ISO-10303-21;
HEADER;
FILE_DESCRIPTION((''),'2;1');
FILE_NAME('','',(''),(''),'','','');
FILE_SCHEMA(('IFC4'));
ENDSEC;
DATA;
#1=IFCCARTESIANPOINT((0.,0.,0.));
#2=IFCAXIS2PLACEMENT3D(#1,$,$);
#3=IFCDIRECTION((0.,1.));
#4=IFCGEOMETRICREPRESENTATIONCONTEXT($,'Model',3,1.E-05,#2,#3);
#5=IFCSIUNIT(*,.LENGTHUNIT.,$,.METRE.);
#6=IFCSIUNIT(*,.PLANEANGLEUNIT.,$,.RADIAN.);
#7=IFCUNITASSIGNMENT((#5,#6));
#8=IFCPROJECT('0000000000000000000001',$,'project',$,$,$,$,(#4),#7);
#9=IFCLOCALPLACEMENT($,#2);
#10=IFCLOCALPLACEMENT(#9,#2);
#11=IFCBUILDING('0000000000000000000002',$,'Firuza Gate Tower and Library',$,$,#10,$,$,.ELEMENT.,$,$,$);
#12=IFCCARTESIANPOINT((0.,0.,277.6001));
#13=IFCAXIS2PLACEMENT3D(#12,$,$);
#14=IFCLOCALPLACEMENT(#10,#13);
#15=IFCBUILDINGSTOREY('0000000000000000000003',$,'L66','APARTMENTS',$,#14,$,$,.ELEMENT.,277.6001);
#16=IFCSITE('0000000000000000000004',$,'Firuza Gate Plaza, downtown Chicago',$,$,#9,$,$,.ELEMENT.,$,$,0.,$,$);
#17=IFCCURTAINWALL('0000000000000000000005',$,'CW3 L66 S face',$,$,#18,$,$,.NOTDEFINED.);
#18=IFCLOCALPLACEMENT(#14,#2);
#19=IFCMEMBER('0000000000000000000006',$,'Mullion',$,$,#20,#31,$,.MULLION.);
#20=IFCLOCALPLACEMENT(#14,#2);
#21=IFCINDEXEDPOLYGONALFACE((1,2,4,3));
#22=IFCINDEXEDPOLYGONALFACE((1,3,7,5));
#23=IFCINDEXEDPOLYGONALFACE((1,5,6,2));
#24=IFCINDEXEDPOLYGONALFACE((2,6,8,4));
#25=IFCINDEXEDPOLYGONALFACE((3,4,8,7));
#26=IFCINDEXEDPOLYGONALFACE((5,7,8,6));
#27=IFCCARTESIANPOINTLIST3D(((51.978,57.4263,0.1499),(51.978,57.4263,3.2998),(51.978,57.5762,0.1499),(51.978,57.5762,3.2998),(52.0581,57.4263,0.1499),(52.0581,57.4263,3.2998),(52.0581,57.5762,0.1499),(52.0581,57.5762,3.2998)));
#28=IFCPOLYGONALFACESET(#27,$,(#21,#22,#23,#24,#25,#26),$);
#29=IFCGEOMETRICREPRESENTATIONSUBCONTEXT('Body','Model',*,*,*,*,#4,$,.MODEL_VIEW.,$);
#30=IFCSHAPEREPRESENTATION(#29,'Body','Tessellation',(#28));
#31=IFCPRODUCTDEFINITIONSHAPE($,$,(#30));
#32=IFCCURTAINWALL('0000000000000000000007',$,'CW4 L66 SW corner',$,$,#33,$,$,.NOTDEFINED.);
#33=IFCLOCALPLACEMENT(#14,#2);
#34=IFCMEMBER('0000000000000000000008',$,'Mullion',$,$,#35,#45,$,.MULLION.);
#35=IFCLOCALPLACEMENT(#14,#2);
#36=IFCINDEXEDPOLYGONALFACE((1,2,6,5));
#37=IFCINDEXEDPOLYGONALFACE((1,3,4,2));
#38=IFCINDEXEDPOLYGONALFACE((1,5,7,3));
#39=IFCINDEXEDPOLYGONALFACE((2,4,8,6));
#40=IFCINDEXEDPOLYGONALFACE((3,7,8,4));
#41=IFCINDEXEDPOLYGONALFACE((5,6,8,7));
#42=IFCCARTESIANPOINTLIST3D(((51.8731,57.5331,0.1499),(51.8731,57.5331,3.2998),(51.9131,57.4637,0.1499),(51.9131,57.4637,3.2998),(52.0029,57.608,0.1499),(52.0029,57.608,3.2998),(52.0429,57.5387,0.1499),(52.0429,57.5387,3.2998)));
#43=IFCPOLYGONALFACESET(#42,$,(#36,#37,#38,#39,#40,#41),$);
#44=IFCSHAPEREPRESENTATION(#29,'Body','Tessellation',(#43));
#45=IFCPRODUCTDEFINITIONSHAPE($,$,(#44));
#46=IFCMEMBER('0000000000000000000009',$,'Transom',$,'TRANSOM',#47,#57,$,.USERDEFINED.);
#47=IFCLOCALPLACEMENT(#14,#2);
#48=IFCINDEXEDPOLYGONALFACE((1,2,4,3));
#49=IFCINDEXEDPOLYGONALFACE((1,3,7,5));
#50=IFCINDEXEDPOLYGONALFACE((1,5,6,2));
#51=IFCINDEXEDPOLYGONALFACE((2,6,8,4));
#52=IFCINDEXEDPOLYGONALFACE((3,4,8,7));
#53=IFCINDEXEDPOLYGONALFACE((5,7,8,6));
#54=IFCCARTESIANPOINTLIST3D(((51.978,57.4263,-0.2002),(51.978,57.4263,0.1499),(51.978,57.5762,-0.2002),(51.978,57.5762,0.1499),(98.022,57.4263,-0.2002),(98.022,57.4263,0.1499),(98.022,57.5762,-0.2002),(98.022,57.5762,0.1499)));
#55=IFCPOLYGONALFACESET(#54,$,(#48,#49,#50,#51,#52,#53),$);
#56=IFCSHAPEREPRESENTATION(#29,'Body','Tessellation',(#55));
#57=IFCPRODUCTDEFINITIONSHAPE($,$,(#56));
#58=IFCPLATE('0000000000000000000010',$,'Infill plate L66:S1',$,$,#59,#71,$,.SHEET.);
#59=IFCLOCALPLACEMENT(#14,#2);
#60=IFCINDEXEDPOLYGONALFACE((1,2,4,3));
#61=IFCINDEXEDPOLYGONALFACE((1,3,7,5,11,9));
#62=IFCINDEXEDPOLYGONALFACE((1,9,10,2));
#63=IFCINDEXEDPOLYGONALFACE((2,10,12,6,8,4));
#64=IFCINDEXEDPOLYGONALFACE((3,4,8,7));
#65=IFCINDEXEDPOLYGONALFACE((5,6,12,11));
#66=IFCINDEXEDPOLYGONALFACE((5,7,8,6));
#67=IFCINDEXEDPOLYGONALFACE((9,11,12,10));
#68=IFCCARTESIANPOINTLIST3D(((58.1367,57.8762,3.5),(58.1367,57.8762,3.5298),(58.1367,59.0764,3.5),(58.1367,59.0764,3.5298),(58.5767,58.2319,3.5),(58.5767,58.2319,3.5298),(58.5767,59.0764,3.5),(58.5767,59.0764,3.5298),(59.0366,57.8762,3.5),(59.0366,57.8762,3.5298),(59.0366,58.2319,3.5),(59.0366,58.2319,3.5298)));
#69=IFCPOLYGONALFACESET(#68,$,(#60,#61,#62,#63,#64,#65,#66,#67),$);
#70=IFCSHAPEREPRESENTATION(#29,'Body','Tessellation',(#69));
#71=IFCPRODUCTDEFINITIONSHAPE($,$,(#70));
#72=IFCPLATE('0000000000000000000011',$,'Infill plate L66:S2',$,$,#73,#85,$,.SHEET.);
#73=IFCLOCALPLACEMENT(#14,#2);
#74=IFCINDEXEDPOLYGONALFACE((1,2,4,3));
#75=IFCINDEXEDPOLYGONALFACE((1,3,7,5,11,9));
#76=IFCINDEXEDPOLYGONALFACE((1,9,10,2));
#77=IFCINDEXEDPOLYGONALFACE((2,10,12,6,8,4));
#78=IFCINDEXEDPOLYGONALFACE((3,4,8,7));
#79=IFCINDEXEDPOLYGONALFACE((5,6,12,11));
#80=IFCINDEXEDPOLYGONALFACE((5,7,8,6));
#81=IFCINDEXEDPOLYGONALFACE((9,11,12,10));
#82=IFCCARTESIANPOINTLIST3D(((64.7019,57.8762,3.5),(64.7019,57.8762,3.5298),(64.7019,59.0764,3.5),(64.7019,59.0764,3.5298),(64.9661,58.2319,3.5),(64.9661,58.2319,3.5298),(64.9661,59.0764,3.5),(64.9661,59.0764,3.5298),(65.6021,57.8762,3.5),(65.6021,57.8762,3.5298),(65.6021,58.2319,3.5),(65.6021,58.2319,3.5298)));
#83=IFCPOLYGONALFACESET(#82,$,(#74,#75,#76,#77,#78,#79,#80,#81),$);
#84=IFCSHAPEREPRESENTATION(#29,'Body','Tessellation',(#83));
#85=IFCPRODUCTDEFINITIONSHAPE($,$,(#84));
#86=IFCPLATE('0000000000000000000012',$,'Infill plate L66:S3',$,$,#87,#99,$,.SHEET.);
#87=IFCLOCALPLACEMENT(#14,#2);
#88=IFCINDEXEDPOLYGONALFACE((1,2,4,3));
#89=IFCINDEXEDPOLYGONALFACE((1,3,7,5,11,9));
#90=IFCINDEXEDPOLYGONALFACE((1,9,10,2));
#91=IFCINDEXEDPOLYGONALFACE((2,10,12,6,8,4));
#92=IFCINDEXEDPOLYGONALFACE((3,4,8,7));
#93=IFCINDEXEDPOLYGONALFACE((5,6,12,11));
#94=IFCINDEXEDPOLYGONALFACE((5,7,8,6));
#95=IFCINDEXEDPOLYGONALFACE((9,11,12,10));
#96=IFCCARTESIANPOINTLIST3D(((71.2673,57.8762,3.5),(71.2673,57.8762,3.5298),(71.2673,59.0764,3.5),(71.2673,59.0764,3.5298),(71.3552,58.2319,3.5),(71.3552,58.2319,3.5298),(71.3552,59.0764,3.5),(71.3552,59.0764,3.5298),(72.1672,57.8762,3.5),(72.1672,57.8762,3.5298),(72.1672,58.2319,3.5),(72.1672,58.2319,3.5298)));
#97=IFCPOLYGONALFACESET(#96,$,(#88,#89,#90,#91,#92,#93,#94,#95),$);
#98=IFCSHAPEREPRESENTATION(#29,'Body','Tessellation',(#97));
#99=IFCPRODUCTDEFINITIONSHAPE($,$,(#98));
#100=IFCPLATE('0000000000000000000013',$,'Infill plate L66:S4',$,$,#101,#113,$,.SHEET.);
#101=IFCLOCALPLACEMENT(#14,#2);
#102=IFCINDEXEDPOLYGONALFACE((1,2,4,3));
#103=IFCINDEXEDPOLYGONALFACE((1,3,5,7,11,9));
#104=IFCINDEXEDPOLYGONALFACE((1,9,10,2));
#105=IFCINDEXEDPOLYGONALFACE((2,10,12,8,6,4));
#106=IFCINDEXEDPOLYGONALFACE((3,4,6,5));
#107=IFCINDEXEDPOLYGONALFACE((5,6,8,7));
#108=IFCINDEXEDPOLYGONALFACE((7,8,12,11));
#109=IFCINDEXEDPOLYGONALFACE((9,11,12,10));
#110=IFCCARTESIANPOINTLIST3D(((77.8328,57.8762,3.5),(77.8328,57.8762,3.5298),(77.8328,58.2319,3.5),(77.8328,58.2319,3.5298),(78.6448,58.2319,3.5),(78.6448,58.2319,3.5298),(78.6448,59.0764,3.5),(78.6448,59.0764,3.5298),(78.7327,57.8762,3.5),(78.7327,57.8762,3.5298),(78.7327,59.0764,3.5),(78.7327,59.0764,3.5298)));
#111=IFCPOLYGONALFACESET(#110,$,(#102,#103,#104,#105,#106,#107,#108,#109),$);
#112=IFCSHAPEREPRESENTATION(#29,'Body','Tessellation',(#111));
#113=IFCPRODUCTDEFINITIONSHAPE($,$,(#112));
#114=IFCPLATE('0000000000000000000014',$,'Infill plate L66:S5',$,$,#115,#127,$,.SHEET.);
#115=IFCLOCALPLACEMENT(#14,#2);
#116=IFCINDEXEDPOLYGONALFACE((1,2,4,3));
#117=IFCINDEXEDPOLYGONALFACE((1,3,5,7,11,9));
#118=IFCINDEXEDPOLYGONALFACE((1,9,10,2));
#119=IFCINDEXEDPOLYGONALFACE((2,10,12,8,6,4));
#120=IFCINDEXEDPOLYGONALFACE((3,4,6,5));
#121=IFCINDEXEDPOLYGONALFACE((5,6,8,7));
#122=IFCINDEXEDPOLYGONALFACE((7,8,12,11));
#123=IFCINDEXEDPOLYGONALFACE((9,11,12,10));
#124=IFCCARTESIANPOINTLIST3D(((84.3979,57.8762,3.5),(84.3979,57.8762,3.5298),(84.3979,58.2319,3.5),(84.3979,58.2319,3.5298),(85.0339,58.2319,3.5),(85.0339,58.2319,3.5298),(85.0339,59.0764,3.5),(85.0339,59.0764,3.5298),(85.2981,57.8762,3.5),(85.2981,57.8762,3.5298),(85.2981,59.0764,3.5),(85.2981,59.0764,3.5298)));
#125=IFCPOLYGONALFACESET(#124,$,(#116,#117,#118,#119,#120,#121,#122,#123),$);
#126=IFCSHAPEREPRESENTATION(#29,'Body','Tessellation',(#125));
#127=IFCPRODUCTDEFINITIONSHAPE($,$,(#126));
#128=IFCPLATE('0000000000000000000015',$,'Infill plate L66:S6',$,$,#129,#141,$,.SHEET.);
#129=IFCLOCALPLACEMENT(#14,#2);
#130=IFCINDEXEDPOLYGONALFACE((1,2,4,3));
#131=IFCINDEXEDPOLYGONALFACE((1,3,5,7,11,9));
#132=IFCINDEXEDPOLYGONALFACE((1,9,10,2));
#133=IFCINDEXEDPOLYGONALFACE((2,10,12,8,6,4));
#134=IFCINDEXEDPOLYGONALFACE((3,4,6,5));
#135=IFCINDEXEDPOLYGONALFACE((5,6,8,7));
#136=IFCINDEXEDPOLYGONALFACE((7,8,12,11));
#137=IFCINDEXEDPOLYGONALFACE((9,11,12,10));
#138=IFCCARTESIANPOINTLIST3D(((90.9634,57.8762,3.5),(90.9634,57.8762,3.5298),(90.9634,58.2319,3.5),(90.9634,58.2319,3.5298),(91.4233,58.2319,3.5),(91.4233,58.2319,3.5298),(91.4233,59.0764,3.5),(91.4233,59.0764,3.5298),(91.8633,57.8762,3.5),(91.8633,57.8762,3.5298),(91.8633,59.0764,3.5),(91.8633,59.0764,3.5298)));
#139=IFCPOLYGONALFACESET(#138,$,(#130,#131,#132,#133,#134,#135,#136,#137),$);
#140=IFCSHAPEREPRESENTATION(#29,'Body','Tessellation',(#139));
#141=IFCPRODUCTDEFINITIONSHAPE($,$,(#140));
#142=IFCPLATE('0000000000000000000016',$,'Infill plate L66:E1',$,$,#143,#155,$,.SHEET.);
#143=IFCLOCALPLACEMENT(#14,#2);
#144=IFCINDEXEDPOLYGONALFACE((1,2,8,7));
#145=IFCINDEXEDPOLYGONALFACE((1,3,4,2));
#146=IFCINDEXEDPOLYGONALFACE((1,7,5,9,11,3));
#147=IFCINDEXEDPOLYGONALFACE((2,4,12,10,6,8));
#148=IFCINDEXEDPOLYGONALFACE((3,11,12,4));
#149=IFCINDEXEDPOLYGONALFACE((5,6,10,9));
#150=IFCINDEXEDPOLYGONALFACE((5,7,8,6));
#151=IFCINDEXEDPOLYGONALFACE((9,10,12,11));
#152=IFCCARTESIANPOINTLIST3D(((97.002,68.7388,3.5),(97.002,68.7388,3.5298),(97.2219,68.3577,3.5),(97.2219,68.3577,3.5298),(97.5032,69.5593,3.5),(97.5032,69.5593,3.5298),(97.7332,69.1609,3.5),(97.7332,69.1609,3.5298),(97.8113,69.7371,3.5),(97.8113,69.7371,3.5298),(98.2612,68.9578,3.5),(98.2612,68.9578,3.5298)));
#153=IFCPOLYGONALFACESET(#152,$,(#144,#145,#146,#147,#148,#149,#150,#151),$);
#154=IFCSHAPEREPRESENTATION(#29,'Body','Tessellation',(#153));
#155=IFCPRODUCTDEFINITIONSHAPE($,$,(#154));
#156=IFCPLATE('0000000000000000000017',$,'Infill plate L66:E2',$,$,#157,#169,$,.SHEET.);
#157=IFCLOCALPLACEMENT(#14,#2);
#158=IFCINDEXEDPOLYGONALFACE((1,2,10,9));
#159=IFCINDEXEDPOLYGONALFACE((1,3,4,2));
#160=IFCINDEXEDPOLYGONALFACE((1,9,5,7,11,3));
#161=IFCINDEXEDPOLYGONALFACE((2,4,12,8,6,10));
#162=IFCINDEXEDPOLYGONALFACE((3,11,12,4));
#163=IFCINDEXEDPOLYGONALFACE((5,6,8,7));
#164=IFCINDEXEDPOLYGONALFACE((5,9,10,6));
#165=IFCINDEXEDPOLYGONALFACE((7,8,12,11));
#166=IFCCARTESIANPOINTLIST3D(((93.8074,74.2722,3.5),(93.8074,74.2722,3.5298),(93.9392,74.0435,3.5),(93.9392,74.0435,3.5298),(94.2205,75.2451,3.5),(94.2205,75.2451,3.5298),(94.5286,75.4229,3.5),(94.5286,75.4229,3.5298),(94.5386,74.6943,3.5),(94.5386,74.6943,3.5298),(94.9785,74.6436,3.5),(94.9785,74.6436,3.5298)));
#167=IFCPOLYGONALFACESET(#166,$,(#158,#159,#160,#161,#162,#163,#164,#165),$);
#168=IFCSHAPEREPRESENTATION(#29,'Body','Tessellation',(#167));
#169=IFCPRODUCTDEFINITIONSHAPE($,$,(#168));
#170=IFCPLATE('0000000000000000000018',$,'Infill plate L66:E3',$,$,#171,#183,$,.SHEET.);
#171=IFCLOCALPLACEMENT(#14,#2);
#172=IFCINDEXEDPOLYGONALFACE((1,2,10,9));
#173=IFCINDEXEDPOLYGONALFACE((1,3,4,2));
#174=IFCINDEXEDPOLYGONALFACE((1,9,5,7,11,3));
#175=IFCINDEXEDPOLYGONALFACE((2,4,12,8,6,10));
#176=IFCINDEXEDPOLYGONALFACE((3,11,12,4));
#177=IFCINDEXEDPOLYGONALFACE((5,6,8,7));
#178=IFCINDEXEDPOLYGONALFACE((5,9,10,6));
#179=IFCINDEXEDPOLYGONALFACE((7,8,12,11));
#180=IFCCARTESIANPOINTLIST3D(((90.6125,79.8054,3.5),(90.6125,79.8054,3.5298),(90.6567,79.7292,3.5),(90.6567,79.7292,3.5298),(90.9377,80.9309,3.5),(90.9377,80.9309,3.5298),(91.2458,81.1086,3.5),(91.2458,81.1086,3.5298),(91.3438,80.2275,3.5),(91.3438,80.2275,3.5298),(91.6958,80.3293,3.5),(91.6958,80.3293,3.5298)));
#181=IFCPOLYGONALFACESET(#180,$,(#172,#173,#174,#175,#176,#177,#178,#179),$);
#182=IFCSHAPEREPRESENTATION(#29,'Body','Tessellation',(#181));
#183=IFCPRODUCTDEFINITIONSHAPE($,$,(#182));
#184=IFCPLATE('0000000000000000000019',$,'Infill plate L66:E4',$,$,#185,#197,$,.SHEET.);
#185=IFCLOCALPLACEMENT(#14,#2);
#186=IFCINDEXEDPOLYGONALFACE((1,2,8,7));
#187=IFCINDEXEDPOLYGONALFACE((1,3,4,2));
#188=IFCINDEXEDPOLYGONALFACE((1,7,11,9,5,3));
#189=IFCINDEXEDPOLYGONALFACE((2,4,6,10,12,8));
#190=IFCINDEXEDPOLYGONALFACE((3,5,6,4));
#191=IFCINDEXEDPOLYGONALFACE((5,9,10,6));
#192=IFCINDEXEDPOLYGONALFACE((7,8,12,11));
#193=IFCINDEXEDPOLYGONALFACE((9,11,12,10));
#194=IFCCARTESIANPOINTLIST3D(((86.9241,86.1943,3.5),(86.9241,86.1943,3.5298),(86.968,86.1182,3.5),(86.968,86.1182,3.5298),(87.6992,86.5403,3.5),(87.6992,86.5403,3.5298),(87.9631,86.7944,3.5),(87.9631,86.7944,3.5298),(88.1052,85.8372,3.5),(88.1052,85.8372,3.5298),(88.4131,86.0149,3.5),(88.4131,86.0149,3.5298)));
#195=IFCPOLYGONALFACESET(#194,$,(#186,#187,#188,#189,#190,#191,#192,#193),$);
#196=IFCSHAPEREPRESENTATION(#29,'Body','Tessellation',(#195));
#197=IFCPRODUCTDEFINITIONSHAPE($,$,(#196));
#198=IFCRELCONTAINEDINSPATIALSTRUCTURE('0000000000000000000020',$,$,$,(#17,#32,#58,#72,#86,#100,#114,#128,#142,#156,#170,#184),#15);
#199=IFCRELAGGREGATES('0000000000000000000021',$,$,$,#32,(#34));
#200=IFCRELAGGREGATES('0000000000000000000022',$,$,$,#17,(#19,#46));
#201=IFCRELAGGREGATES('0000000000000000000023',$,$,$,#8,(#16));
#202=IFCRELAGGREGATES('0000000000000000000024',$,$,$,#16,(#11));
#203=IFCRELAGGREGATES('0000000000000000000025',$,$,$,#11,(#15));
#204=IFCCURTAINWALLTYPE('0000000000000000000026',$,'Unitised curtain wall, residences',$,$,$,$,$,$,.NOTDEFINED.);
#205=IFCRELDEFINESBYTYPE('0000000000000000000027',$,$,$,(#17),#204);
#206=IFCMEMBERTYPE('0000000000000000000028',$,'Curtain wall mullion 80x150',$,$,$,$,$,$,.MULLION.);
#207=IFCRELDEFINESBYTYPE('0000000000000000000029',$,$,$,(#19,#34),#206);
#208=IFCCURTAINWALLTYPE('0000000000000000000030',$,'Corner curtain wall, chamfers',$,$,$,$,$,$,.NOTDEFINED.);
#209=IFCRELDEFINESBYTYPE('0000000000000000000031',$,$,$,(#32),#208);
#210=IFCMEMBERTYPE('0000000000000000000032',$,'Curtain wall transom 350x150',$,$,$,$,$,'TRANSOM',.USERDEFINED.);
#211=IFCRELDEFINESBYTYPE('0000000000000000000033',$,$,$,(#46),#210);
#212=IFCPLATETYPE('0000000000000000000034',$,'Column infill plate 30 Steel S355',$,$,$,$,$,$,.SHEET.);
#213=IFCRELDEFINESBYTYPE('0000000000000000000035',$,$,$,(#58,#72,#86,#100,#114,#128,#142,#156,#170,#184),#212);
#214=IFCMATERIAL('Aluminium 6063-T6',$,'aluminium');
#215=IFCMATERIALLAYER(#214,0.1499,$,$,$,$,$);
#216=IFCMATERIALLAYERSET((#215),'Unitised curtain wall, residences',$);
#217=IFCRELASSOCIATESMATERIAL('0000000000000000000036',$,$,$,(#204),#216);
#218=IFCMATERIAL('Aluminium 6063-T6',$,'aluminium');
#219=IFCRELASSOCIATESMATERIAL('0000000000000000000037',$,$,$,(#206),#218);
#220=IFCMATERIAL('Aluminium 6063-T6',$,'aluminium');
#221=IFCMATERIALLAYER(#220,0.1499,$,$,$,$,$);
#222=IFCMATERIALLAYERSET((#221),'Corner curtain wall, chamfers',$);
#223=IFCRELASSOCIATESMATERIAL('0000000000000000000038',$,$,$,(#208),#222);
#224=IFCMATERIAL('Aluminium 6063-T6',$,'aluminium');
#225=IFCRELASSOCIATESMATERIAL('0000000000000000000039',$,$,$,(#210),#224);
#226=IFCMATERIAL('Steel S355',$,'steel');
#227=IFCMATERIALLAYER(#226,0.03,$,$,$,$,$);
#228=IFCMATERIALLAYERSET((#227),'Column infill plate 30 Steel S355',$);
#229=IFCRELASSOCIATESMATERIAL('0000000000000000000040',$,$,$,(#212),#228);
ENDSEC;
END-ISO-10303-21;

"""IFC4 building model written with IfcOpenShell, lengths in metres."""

from ifc_helpers import new_model, si_unit, direction, frame, origin, origin_2d, place, context, subcontext, project, spatial, polyline, rectangle, outline, extrude, material, layer, layer_set, material_profile, profile_set, type_object, element, aggregate, save


model = new_model("IFC4")

# Units and contexts
model_context = context("Model", 3, precision=1e-05, world=origin(), true_north=direction((0.0, 1.0)))
body_context = subcontext(model_context, "Body", "Model", "MODEL_VIEW")
ifc_project = project(units=[si_unit("LENGTHUNIT", "METRE"), si_unit("PLANEANGLEUNIT", "RADIAN")], contexts=[model_context])

# Site, building, storey
site_placement = place(None, origin())
site = spatial("IfcSite", under=ifc_project, at=site_placement, Name="Firuza Gate Plaza, downtown Chicago", CompositionType="ELEMENT", RefElevation=0.0)
building_placement = place(site_placement, origin())
building = spatial("IfcBuilding", under=site, at=building_placement, Name="Firuza Gate Tower and Library", CompositionType="ELEMENT")
storey_placement = place(building_placement, frame((0.0, 0.0, 277.6001)))
storey = spatial("IfcBuildingStorey", under=building, at=storey_placement, Name="L66", Description="APARTMENTS", CompositionType="ELEMENT", Elevation=277.6001)

# Curtain walls, members
ifc_material_1 = material(Name="Aluminium 6063-T6", Category="aluminium")
ifc_layer_1 = layer(ifc_material_1, 0.1499)
ifc_layer_set_1 = layer_set([ifc_layer_1], Name="Unitised curtain wall, residences")
curtain_wall_type_1 = type_object("IfcCurtainWallType", Name="Unitised curtain wall, residences", PredefinedType="NOTDEFINED", material=ifc_layer_set_1)
placement_1 = place(storey_placement, origin())
curtain_wall_1 = element("IfcCurtainWall", 1, at=placement_1, inside=storey, type_object=curtain_wall_type_1, Name="CW3 L66 S face", PredefinedType="NOTDEFINED")
ifc_material_2 = material(Name="Aluminium 6063-T6", Category="aluminium")
ifc_material_profile_1 = material_profile(ifc_material_2, rectangle(XDim=0.1499, YDim=0.0801, at=origin_2d()))
ifc_profile_set_1 = profile_set([ifc_material_profile_1], Name="Aluminium 6063-T6")
member_type_1 = type_object("IfcMemberType", Name="Curtain wall mullion 80x150", PredefinedType="MULLION", material=ifc_profile_set_1)
member_1_placement = place(storey_placement, frame((52.0181, 57.5012, 0.1499), z_axis=(0.0, 0.0, 1.0), x_axis=(0.0, 1.0, 0.0)))
member_1 = element("IfcMember", 2, at=member_1_placement, type_object=member_type_1, Name="Mullion", PredefinedType="MULLION", context=body_context, shape_type="SweptSolid", body=[
    extrude(rectangle(XDim=0.1499, YDim=0.0801, at=origin_2d()), origin(), (0.0, 0.0, 1.0), 3.1499),
])
ifc_material_3 = material(Name="Aluminium 6063-T6", Category="aluminium")
ifc_layer_2 = layer(ifc_material_3, 0.1499)
ifc_layer_set_2 = layer_set([ifc_layer_2], Name="Corner curtain wall, chamfers")
curtain_wall_type_2 = type_object("IfcCurtainWallType", Name="Corner curtain wall, chamfers", PredefinedType="NOTDEFINED", material=ifc_layer_set_2)
curtain_wall_2 = element("IfcCurtainWall", 3, at=placement_1, inside=storey, type_object=curtain_wall_type_2, Name="CW4 L66 SW corner", PredefinedType="NOTDEFINED")
member_2_placement = place(storey_placement, frame((51.958, 57.5359, 0.1499), z_axis=(0.0, 0.0, 1.0), x_axis=(0.866025, 0.5, 0.0)))
member_2 = element("IfcMember", 4, at=member_2_placement, type_object=member_type_1, Name="Mullion", PredefinedType="MULLION", context=body_context, shape_type="SweptSolid", body=[
    extrude(rectangle(XDim=0.1499, YDim=0.0801, at=origin_2d()), origin(), (0.0, 0.0, 1.0), 3.1499),
])
aggregate(curtain_wall_2, [member_2])

# Member
ifc_material_4 = material(Name="Aluminium 6063-T6", Category="aluminium")
ifc_material_profile_2 = material_profile(ifc_material_4, rectangle(XDim=0.1499, YDim=0.3501, at=origin_2d()))
ifc_profile_set_2 = profile_set([ifc_material_profile_2], Name="Aluminium 6063-T6")
member_type_2 = type_object("IfcMemberType", Name="Curtain wall transom 350x150", ElementType="TRANSOM", PredefinedType="USERDEFINED", material=ifc_profile_set_2)
member_3_placement = place(storey_placement, frame((51.978, 57.5012, -0.0251), z_axis=(1.0, 0.0, 0.0), x_axis=(0.0, 1.0, 0.0)))
member_3 = element("IfcMember", 5, at=member_3_placement, type_object=member_type_2, Name="Transom", ObjectType="TRANSOM", PredefinedType="USERDEFINED", context=body_context, shape_type="SweptSolid", body=[
    extrude(rectangle(XDim=0.1499, YDim=0.3501, at=origin_2d()), origin(), (0.0, 0.0, 1.0), 46.0439),
])

# Plates
ifc_material_5 = material(Name="Steel S355", Category="steel")
ifc_layer_3 = layer(ifc_material_5, 0.03)
ifc_layer_set_3 = layer_set([ifc_layer_3], Name="Column infill plate 30 Steel S355")
plate_type_1 = type_object("IfcPlateType", Name="Column infill plate 30 Steel S355", PredefinedType="SHEET", material=ifc_layer_set_3)
placement_2 = place(storey_placement, frame((0.0, 0.0, 3.5)))
element("IfcPlate", 6, at=placement_2, inside=storey, type_object=plate_type_1, Name="Infill plate L66:S1", PredefinedType="SHEET", context=body_context, shape_type="SweptSolid", body=[
    extrude(outline(polyline([(59.0366, 57.8762), (59.0366, 58.2319), (58.5767, 58.2319), (58.5767, 59.0764), (58.1367, 59.0764), (58.1367, 57.8762), (59.0366, 57.8762)])), origin(), (0.0, 0.0, 1.0), 0.0298),
])
element("IfcPlate", 7, at=placement_2, inside=storey, type_object=plate_type_1, Name="Infill plate L66:S2", PredefinedType="SHEET", context=body_context, shape_type="SweptSolid", body=[
    extrude(outline(polyline([(65.6021, 57.8762), (65.6021, 58.2319), (64.9661, 58.2319), (64.9661, 59.0764), (64.7019, 59.0764), (64.7019, 57.8762), (65.6021, 57.8762)])), origin(), (0.0, 0.0, 1.0), 0.0298),
])
element("IfcPlate", 8, at=placement_2, inside=storey, type_object=plate_type_1, Name="Infill plate L66:S3", PredefinedType="SHEET", context=body_context, shape_type="SweptSolid", body=[
    extrude(outline(polyline([(72.1672, 57.8762), (72.1672, 58.2319), (71.3552, 58.2319), (71.3552, 59.0764), (71.2673, 59.0764), (71.2673, 57.8762), (72.1672, 57.8762)])), origin(), (0.0, 0.0, 1.0), 0.0298),
])
element("IfcPlate", 9, at=placement_2, inside=storey, type_object=plate_type_1, Name="Infill plate L66:S4", PredefinedType="SHEET", context=body_context, shape_type="SweptSolid", body=[
    extrude(outline(polyline([(78.7327, 59.0764), (78.6448, 59.0764), (78.6448, 58.2319), (77.8328, 58.2319), (77.8328, 57.8762), (78.7327, 57.8762), (78.7327, 59.0764)])), origin(), (0.0, 0.0, 1.0), 0.0298),
])
element("IfcPlate", 10, at=placement_2, inside=storey, type_object=plate_type_1, Name="Infill plate L66:S5", PredefinedType="SHEET", context=body_context, shape_type="SweptSolid", body=[
    extrude(outline(polyline([(85.2981, 59.0764), (85.0339, 59.0764), (85.0339, 58.2319), (84.3979, 58.2319), (84.3979, 57.8762), (85.2981, 57.8762), (85.2981, 59.0764)])), origin(), (0.0, 0.0, 1.0), 0.0298),
])
element("IfcPlate", 11, at=placement_2, inside=storey, type_object=plate_type_1, Name="Infill plate L66:S6", PredefinedType="SHEET", context=body_context, shape_type="SweptSolid", body=[
    extrude(outline(polyline([(91.8633, 59.0764), (91.4233, 59.0764), (91.4233, 58.2319), (90.9634, 58.2319), (90.9634, 57.8762), (91.8633, 57.8762), (91.8633, 59.0764)])), origin(), (0.0, 0.0, 1.0), 0.0298),
])
element("IfcPlate", 12, at=placement_2, inside=storey, type_object=plate_type_1, Name="Infill plate L66:E1", PredefinedType="SHEET", context=body_context, shape_type="SweptSolid", body=[
    extrude(outline(polyline([(97.8113, 69.7371), (97.5032, 69.5593), (97.7332, 69.1609), (97.002, 68.7388), (97.2219, 68.3577), (98.2612, 68.9578), (97.8113, 69.7371)])), origin(), (0.0, 0.0, 1.0), 0.0298),
])
element("IfcPlate", 13, at=placement_2, inside=storey, type_object=plate_type_1, Name="Infill plate L66:E2", PredefinedType="SHEET", context=body_context, shape_type="SweptSolid", body=[
    extrude(outline(polyline([(94.5286, 75.4229), (94.2205, 75.2451), (94.5386, 74.6943), (93.8074, 74.2722), (93.9392, 74.0435), (94.9785, 74.6436), (94.5286, 75.4229)])), origin(), (0.0, 0.0, 1.0), 0.0298),
])
element("IfcPlate", 14, at=placement_2, inside=storey, type_object=plate_type_1, Name="Infill plate L66:E3", PredefinedType="SHEET", context=body_context, shape_type="SweptSolid", body=[
    extrude(outline(polyline([(91.2458, 81.1086), (90.9377, 80.9309), (91.3438, 80.2275), (90.6125, 79.8054), (90.6567, 79.7292), (91.6958, 80.3293), (91.2458, 81.1086)])), origin(), (0.0, 0.0, 1.0), 0.0298),
])
element("IfcPlate", 15, at=placement_2, inside=storey, type_object=plate_type_1, Name="Infill plate L66:E4", PredefinedType="SHEET", context=body_context, shape_type="SweptSolid", body=[
    extrude(outline(polyline([(86.9241, 86.1943), (86.968, 86.1182), (87.6992, 86.5403), (88.1052, 85.8372), (88.4131, 86.0149), (87.9631, 86.7944), (86.9241, 86.1943)])), origin(), (0.0, 0.0, 1.0), 0.0298),
])

aggregate(curtain_wall_1, [member_1, member_3])

save(model, "model.ifc")
